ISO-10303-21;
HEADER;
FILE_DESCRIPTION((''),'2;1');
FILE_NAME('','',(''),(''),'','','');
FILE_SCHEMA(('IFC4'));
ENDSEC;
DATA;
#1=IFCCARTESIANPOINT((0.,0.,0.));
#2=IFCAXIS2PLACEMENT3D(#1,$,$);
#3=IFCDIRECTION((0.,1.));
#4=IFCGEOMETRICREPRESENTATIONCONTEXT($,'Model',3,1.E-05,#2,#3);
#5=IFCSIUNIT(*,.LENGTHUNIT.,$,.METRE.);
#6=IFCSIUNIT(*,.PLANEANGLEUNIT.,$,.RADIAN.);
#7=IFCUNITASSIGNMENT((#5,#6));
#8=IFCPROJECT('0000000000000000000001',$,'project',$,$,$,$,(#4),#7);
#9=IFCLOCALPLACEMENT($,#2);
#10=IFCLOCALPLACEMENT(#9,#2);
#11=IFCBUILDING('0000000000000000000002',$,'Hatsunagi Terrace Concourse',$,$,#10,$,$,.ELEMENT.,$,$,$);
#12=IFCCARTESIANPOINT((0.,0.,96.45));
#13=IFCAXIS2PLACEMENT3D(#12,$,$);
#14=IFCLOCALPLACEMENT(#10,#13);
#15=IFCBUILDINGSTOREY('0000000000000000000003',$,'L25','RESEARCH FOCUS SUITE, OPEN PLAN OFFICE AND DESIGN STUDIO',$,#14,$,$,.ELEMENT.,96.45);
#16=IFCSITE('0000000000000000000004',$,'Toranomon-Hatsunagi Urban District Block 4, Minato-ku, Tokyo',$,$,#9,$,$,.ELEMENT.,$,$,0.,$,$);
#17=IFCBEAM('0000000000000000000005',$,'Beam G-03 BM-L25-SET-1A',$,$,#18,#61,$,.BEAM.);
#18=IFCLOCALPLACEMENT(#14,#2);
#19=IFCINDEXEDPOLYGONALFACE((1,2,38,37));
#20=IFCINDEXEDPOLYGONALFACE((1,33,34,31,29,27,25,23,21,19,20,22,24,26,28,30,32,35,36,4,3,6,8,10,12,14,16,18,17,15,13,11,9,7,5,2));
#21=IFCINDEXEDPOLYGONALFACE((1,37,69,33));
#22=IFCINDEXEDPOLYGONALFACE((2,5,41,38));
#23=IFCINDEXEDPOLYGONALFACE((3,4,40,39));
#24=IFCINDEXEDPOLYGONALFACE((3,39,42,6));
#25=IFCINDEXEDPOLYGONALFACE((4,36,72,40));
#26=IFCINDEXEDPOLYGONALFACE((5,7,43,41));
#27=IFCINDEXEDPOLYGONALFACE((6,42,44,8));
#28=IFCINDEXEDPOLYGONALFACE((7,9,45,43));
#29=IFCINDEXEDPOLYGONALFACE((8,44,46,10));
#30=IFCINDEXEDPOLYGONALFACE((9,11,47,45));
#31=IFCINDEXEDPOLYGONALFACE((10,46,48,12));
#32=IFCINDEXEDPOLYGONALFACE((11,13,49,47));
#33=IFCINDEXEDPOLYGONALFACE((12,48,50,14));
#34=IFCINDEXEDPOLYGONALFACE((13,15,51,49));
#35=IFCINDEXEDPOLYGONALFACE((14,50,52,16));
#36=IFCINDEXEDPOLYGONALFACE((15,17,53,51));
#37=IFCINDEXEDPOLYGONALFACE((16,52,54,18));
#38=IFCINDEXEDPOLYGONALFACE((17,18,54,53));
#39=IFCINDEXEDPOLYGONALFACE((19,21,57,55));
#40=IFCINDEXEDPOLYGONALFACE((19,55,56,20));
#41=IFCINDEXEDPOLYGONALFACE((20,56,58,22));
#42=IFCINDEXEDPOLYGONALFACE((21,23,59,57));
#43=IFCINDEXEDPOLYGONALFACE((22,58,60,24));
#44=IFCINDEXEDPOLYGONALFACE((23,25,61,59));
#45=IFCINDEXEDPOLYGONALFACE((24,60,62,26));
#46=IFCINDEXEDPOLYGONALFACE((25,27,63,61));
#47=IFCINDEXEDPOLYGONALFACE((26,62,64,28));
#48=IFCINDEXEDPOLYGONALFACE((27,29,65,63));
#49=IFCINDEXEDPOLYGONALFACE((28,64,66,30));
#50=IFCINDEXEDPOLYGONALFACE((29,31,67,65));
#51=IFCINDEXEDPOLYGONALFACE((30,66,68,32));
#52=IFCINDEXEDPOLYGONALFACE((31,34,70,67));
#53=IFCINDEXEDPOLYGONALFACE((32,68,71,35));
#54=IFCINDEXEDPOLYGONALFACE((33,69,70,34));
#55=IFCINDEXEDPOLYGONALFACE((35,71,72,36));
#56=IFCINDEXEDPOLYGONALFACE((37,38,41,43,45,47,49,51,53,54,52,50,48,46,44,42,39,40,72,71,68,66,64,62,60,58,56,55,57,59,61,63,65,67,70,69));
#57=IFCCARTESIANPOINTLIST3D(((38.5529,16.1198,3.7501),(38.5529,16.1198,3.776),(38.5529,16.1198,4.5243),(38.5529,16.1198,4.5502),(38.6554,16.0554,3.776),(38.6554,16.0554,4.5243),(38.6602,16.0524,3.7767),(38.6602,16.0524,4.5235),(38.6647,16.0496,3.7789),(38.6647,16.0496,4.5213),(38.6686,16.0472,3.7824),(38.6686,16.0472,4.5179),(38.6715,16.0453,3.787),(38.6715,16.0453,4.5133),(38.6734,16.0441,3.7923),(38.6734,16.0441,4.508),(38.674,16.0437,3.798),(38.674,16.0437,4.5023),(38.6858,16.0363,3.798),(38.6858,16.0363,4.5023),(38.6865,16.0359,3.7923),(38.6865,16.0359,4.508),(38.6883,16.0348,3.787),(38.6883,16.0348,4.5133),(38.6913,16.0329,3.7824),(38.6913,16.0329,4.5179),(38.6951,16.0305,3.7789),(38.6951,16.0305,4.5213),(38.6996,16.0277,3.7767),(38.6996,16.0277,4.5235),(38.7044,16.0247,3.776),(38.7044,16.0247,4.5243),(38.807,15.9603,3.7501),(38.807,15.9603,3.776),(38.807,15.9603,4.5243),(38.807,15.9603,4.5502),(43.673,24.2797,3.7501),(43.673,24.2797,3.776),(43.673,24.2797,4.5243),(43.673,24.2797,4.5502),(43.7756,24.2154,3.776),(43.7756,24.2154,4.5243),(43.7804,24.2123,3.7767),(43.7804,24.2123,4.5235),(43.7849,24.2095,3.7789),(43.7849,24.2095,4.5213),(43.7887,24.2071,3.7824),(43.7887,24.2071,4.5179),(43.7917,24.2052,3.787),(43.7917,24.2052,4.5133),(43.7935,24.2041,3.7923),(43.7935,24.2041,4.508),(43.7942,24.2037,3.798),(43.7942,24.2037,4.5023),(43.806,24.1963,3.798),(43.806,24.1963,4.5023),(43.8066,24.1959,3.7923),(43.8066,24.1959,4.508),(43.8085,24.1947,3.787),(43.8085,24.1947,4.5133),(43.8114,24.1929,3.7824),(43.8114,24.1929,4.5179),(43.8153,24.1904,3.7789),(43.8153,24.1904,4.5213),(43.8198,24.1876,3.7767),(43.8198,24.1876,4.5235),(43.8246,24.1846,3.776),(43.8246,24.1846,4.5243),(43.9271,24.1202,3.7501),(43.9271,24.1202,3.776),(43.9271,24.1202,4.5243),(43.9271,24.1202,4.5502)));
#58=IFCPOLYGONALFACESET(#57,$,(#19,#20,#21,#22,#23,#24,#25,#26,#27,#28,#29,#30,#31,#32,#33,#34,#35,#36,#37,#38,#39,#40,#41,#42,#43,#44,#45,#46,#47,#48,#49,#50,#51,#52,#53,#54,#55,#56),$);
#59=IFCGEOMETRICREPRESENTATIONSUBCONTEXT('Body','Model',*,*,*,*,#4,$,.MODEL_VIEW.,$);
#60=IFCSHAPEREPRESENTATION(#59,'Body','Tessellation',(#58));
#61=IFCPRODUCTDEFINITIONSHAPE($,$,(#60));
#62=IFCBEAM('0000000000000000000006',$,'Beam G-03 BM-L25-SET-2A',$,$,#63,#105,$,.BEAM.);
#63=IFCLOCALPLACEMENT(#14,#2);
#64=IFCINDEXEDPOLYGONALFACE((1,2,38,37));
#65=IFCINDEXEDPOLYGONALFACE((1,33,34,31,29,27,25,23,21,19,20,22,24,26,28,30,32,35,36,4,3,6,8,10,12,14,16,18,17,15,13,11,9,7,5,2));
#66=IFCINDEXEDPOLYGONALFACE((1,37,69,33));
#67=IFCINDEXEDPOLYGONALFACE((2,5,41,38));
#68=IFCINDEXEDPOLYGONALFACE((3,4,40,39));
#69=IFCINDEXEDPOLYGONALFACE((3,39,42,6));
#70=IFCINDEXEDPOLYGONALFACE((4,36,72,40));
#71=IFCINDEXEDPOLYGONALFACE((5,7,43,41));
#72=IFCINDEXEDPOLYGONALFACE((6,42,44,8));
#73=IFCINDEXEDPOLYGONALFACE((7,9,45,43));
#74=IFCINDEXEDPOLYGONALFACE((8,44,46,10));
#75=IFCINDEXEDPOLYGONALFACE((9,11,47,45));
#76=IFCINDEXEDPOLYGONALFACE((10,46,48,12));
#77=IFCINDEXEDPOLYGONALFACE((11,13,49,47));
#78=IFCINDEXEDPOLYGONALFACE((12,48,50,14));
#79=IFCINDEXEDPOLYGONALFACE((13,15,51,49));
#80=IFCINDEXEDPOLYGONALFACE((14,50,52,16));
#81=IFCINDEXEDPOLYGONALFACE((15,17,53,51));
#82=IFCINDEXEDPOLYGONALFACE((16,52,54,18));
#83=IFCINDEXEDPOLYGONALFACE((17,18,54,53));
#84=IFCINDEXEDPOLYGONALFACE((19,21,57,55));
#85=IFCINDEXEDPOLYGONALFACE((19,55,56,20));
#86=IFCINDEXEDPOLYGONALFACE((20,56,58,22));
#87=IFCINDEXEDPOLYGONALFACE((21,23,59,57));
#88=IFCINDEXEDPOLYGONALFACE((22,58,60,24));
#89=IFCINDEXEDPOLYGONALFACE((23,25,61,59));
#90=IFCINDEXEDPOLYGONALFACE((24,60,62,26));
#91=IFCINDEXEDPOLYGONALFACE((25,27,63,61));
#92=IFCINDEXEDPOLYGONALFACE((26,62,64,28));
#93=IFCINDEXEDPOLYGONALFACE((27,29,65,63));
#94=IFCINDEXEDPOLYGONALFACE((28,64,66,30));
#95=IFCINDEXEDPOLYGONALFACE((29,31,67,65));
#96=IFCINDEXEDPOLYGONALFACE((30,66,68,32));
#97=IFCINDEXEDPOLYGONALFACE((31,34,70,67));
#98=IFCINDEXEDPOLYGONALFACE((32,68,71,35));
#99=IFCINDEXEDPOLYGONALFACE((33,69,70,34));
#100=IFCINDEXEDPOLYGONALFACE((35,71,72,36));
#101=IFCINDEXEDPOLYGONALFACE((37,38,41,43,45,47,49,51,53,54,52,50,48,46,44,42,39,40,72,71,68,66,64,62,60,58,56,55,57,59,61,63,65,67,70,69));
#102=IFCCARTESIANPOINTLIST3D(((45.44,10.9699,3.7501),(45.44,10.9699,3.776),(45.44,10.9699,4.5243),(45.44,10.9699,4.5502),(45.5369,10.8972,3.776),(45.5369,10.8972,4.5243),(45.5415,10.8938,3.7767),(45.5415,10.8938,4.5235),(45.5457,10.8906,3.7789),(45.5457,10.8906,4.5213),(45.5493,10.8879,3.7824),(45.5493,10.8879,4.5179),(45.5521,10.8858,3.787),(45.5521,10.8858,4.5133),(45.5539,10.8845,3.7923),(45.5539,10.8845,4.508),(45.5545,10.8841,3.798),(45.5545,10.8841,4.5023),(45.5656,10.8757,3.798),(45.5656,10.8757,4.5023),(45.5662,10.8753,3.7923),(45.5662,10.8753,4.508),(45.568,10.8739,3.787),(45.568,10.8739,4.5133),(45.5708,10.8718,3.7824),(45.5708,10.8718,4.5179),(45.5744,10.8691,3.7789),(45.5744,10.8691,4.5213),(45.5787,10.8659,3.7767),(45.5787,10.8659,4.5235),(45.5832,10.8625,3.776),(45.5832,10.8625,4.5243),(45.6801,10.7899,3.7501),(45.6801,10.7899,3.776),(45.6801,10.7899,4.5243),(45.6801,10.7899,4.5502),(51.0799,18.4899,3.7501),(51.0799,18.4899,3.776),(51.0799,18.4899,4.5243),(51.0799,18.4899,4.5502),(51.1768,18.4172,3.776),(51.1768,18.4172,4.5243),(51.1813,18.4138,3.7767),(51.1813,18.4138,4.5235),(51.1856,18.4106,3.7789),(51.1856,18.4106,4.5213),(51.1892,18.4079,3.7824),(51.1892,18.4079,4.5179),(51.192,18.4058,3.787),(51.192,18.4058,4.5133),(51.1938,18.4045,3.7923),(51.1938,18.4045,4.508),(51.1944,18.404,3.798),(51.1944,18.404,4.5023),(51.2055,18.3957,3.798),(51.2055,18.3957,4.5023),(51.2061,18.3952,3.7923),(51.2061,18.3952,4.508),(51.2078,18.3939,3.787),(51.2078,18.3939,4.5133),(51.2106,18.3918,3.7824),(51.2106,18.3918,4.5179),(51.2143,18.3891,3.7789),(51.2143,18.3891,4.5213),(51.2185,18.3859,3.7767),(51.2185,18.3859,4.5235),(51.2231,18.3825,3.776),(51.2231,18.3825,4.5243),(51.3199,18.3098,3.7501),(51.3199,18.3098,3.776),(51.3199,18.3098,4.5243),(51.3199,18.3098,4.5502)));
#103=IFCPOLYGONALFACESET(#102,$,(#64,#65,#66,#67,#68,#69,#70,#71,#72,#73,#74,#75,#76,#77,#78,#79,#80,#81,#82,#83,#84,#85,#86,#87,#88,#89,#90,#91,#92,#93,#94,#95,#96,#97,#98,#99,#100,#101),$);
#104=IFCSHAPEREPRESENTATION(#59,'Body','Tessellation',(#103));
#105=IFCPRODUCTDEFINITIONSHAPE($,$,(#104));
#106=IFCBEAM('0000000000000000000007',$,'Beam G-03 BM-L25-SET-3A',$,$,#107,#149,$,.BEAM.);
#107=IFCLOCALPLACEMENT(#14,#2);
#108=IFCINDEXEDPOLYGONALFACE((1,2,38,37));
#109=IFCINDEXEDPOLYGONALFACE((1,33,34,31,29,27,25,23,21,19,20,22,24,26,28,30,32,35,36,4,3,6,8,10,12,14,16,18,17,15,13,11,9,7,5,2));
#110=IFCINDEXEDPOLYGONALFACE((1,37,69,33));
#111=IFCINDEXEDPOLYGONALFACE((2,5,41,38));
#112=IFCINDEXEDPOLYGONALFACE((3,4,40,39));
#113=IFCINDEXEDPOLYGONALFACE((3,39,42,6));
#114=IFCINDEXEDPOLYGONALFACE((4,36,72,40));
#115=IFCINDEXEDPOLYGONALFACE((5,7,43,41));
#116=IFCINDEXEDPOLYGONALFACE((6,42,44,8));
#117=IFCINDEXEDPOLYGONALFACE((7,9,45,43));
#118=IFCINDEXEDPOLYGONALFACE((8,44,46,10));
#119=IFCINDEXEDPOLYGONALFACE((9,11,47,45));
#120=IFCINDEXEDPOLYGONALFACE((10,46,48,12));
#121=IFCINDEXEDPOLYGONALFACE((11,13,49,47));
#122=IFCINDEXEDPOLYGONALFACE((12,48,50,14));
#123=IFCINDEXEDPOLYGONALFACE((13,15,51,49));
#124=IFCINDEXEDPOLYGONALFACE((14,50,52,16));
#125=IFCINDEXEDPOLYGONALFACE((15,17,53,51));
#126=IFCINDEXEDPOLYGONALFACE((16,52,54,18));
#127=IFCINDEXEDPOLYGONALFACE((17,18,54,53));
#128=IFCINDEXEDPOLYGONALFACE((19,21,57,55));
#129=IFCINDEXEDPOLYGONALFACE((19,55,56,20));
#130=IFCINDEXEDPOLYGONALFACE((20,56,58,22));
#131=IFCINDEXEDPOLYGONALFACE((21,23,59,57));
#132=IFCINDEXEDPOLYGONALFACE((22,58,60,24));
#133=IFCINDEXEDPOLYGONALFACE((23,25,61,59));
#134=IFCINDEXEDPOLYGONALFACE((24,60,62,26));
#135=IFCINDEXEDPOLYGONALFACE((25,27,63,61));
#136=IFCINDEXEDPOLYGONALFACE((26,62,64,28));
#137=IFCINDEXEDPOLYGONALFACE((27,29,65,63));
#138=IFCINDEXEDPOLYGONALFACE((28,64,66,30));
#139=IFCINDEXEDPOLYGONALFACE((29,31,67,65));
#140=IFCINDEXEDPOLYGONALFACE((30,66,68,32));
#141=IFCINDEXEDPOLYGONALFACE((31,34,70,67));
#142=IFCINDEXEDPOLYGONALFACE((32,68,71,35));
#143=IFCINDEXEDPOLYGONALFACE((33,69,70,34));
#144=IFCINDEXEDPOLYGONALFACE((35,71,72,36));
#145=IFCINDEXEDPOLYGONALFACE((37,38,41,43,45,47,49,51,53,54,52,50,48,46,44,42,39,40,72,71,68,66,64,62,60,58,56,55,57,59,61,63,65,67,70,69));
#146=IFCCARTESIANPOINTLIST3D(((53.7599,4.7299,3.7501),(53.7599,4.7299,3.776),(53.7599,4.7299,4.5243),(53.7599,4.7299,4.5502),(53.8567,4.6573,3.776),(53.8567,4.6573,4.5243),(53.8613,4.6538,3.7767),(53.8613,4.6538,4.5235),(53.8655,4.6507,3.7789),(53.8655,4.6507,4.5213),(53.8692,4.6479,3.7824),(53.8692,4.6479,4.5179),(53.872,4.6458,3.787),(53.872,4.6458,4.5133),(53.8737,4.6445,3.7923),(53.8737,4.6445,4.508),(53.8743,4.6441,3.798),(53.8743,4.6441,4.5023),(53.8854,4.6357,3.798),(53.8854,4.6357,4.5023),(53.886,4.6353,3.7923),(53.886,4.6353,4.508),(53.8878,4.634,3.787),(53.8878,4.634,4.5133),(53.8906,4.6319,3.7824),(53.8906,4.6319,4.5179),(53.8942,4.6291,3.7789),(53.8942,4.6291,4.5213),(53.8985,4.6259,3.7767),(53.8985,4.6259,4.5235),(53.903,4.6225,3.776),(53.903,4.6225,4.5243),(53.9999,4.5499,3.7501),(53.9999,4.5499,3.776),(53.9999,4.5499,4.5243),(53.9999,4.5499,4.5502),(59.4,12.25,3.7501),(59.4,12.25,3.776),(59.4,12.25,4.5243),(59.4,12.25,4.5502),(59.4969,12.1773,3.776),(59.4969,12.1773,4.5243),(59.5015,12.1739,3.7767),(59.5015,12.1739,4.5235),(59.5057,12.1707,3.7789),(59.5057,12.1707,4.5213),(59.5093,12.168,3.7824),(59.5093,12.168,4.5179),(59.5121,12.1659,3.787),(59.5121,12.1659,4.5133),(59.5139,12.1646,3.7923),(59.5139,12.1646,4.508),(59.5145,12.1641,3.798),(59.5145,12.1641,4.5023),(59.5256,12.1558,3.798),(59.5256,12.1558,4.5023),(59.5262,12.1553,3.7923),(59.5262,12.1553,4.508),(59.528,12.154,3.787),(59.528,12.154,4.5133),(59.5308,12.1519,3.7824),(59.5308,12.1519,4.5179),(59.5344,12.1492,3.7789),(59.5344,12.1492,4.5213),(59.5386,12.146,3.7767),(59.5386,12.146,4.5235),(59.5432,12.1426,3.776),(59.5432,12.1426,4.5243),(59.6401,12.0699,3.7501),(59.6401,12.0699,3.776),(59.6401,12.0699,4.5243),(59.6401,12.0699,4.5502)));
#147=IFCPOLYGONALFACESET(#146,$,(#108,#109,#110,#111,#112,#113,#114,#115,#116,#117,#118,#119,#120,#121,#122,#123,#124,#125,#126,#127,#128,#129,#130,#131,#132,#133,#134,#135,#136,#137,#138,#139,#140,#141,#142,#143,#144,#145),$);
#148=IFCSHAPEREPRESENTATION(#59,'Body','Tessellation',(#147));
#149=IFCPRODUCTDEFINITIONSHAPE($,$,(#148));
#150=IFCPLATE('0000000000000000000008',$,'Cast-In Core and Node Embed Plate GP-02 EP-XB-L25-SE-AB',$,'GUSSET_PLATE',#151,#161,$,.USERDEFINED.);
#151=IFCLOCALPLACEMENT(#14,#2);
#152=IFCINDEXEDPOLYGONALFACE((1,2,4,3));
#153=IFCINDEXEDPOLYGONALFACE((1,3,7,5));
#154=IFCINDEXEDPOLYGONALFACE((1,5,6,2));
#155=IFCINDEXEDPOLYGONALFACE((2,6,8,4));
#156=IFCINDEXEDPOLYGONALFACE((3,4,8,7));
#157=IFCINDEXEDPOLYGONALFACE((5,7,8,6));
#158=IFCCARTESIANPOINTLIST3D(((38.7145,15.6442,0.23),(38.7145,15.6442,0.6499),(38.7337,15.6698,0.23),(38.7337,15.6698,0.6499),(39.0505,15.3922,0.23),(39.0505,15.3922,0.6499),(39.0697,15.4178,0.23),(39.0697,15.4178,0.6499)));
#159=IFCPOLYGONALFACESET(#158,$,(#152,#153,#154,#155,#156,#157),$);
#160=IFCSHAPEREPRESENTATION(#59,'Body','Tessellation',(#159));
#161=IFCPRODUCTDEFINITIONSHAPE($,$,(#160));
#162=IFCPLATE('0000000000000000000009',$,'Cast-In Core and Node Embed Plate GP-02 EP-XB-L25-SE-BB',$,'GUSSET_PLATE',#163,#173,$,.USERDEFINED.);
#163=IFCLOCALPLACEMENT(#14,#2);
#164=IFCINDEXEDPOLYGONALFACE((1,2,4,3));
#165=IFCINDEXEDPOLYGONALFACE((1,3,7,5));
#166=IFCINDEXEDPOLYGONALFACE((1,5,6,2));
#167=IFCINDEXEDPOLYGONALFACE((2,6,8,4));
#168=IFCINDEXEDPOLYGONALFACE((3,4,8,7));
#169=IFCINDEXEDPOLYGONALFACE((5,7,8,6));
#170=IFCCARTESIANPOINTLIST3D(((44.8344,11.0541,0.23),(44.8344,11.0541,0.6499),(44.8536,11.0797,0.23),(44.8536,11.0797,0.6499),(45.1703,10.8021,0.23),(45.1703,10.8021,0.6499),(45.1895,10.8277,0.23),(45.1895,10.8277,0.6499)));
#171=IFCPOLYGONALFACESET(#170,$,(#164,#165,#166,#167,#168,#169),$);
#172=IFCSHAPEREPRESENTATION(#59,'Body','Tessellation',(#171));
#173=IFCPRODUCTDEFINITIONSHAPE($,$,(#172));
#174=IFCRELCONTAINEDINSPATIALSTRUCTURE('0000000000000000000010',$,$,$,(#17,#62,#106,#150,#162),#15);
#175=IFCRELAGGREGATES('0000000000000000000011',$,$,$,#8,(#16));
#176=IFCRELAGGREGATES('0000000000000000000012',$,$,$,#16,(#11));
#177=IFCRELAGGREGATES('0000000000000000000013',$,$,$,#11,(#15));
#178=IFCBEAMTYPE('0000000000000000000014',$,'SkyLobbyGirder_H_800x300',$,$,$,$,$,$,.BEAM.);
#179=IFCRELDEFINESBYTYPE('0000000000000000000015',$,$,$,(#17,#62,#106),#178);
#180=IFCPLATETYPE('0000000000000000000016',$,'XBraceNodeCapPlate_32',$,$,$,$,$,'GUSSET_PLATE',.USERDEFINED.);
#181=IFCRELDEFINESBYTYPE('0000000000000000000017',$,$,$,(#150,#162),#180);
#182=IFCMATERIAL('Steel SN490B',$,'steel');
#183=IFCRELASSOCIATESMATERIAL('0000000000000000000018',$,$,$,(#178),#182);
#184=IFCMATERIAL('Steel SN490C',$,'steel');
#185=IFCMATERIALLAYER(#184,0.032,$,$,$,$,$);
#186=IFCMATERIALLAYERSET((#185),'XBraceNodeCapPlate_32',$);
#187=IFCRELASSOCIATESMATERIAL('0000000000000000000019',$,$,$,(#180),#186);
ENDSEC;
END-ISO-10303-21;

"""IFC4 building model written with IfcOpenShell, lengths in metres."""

from ifc_helpers import new_model, si_unit, direction, frame, origin, origin_2d, place, context, subcontext, project, spatial, rectangle, i_section, extrude, material, layer, layer_set, material_profile, profile_set, type_object, element, save


model = new_model("IFC4")

# Units and contexts
model_context = context("Model", 3, precision=1e-05, world=origin(), true_north=direction((0.0, 1.0)))
body_context = subcontext(model_context, "Body", "Model", "MODEL_VIEW")
ifc_project = project(units=[si_unit("LENGTHUNIT", "METRE"), si_unit("PLANEANGLEUNIT", "RADIAN")], contexts=[model_context])

# Site, building, storey
site_placement = place(None, origin())
site = spatial("IfcSite", under=ifc_project, at=site_placement, Name="Toranomon-Hatsunagi Urban District Block 4, Minato-ku, Tokyo", CompositionType="ELEMENT", RefElevation=0.0)
building_placement = place(site_placement, origin())
building = spatial("IfcBuilding", under=site, at=building_placement, Name="Hatsunagi Terrace Concourse", CompositionType="ELEMENT")
storey_placement = place(building_placement, frame((0.0, 0.0, 96.45)))
storey = spatial("IfcBuildingStorey", under=building, at=storey_placement, Name="L25", Description="RESEARCH FOCUS SUITE, OPEN PLAN OFFICE AND DESIGN STUDIO", CompositionType="ELEMENT", Elevation=96.45)

# Beams
ifc_material_1 = material(Name="Steel SN490B", Category="steel")
ifc_material_profile_1 = material_profile(ifc_material_1, i_section(OverallWidth=0.3, OverallDepth=0.8, WebThickness=0.0139, FlangeThickness=0.0259, FilletRadius=0.022, at=origin_2d()), Name="H-800x300x14x26")
ifc_profile_set_1 = profile_set([ifc_material_profile_1], Name="Steel SN490B")
beam_type_1 = type_object("IfcBeamType", Name="SkyLobbyGirder_H_800x300", PredefinedType="BEAM", material=ifc_profile_set_1)
beam_1_placement = place(storey_placement, frame((38.6799, 16.04, 4.1501), z_axis=(0.531504, 0.847056, 0.0), x_axis=(-0.847056, 0.531504, 0.0)))
element("IfcBeam", 1, at=beam_1_placement, inside=storey, type_object=beam_type_1, Name="Beam G-03 BM-L25-SET-1A", PredefinedType="BEAM", context=body_context, shape_type="SweptSolid", body=[
    extrude(i_section(OverallWidth=0.3, OverallDepth=0.8, WebThickness=0.0139, FlangeThickness=0.0259, FilletRadius=0.022, at=origin_2d()), origin(), (0.0, 0.0, 1.0), 9.6333),
])
beam_2_placement = place(storey_placement, frame((45.5601, 10.8799, 4.1501), z_axis=(0.599992, 0.800006, 0.0), x_axis=(-0.800006, 0.599992, 0.0)))
element("IfcBeam", 2, at=beam_2_placement, inside=storey, type_object=beam_type_1, Name="Beam G-03 BM-L25-SET-2A", PredefinedType="BEAM", context=body_context, shape_type="SweptSolid", body=[
    extrude(i_section(OverallWidth=0.3, OverallDepth=0.8, WebThickness=0.0139, FlangeThickness=0.0259, FilletRadius=0.022, at=origin_2d()), origin(), (0.0, 0.0, 1.0), 9.3999),
])
beam_3_placement = place(storey_placement, frame((53.8799, 4.6399, 4.1501), z_axis=(0.600008, 0.799994, 0.0), x_axis=(-0.799994, 0.600008, 0.0)))
element("IfcBeam", 3, at=beam_3_placement, inside=storey, type_object=beam_type_1, Name="Beam G-03 BM-L25-SET-3A", PredefinedType="BEAM", context=body_context, shape_type="SweptSolid", body=[
    extrude(i_section(OverallWidth=0.3, OverallDepth=0.8, WebThickness=0.0139, FlangeThickness=0.0259, FilletRadius=0.022, at=origin_2d()), origin(), (0.0, 0.0, 1.0), 9.4001),
])

# Plates
ifc_material_2 = material(Name="Steel SN490C", Category="steel")
ifc_layer_1 = layer(ifc_material_2, 0.032)
ifc_layer_set_1 = layer_set([ifc_layer_1], Name="XBraceNodeCapPlate_32")
plate_type = type_object("IfcPlateType", Name="XBraceNodeCapPlate_32", ElementType="GUSSET_PLATE", PredefinedType="USERDEFINED", material=ifc_layer_set_1)
for number, where, z_axis, x_axis, name in (
    (4, (38.8921, 15.531, 0.23), (0.0, 0.0, 1.0), (0.8, -0.6, 0.0), "Cast-In Core and Node Embed Plate GP-02 EP-XB-L25-SE-AB"),
    (5, (45.012, 10.9409, 0.23), (0.0, 0.0, 1.0), (0.8, -0.6, 0.0), "Cast-In Core and Node Embed Plate GP-02 EP-XB-L25-SE-BB"),
):
    element("IfcPlate", number, at=place(storey_placement, frame(where, z_axis=z_axis, x_axis=x_axis)), inside=storey, type_object=plate_type, Name=name, ObjectType="GUSSET_PLATE", PredefinedType="USERDEFINED", context=body_context, shape_type="SweptSolid", body=[
        extrude(rectangle(XDim=0.4199, YDim=0.032, at=origin_2d()), origin(), (0.0, 0.0, 1.0), 0.4199),
    ])

save(model, "model.ifc")
